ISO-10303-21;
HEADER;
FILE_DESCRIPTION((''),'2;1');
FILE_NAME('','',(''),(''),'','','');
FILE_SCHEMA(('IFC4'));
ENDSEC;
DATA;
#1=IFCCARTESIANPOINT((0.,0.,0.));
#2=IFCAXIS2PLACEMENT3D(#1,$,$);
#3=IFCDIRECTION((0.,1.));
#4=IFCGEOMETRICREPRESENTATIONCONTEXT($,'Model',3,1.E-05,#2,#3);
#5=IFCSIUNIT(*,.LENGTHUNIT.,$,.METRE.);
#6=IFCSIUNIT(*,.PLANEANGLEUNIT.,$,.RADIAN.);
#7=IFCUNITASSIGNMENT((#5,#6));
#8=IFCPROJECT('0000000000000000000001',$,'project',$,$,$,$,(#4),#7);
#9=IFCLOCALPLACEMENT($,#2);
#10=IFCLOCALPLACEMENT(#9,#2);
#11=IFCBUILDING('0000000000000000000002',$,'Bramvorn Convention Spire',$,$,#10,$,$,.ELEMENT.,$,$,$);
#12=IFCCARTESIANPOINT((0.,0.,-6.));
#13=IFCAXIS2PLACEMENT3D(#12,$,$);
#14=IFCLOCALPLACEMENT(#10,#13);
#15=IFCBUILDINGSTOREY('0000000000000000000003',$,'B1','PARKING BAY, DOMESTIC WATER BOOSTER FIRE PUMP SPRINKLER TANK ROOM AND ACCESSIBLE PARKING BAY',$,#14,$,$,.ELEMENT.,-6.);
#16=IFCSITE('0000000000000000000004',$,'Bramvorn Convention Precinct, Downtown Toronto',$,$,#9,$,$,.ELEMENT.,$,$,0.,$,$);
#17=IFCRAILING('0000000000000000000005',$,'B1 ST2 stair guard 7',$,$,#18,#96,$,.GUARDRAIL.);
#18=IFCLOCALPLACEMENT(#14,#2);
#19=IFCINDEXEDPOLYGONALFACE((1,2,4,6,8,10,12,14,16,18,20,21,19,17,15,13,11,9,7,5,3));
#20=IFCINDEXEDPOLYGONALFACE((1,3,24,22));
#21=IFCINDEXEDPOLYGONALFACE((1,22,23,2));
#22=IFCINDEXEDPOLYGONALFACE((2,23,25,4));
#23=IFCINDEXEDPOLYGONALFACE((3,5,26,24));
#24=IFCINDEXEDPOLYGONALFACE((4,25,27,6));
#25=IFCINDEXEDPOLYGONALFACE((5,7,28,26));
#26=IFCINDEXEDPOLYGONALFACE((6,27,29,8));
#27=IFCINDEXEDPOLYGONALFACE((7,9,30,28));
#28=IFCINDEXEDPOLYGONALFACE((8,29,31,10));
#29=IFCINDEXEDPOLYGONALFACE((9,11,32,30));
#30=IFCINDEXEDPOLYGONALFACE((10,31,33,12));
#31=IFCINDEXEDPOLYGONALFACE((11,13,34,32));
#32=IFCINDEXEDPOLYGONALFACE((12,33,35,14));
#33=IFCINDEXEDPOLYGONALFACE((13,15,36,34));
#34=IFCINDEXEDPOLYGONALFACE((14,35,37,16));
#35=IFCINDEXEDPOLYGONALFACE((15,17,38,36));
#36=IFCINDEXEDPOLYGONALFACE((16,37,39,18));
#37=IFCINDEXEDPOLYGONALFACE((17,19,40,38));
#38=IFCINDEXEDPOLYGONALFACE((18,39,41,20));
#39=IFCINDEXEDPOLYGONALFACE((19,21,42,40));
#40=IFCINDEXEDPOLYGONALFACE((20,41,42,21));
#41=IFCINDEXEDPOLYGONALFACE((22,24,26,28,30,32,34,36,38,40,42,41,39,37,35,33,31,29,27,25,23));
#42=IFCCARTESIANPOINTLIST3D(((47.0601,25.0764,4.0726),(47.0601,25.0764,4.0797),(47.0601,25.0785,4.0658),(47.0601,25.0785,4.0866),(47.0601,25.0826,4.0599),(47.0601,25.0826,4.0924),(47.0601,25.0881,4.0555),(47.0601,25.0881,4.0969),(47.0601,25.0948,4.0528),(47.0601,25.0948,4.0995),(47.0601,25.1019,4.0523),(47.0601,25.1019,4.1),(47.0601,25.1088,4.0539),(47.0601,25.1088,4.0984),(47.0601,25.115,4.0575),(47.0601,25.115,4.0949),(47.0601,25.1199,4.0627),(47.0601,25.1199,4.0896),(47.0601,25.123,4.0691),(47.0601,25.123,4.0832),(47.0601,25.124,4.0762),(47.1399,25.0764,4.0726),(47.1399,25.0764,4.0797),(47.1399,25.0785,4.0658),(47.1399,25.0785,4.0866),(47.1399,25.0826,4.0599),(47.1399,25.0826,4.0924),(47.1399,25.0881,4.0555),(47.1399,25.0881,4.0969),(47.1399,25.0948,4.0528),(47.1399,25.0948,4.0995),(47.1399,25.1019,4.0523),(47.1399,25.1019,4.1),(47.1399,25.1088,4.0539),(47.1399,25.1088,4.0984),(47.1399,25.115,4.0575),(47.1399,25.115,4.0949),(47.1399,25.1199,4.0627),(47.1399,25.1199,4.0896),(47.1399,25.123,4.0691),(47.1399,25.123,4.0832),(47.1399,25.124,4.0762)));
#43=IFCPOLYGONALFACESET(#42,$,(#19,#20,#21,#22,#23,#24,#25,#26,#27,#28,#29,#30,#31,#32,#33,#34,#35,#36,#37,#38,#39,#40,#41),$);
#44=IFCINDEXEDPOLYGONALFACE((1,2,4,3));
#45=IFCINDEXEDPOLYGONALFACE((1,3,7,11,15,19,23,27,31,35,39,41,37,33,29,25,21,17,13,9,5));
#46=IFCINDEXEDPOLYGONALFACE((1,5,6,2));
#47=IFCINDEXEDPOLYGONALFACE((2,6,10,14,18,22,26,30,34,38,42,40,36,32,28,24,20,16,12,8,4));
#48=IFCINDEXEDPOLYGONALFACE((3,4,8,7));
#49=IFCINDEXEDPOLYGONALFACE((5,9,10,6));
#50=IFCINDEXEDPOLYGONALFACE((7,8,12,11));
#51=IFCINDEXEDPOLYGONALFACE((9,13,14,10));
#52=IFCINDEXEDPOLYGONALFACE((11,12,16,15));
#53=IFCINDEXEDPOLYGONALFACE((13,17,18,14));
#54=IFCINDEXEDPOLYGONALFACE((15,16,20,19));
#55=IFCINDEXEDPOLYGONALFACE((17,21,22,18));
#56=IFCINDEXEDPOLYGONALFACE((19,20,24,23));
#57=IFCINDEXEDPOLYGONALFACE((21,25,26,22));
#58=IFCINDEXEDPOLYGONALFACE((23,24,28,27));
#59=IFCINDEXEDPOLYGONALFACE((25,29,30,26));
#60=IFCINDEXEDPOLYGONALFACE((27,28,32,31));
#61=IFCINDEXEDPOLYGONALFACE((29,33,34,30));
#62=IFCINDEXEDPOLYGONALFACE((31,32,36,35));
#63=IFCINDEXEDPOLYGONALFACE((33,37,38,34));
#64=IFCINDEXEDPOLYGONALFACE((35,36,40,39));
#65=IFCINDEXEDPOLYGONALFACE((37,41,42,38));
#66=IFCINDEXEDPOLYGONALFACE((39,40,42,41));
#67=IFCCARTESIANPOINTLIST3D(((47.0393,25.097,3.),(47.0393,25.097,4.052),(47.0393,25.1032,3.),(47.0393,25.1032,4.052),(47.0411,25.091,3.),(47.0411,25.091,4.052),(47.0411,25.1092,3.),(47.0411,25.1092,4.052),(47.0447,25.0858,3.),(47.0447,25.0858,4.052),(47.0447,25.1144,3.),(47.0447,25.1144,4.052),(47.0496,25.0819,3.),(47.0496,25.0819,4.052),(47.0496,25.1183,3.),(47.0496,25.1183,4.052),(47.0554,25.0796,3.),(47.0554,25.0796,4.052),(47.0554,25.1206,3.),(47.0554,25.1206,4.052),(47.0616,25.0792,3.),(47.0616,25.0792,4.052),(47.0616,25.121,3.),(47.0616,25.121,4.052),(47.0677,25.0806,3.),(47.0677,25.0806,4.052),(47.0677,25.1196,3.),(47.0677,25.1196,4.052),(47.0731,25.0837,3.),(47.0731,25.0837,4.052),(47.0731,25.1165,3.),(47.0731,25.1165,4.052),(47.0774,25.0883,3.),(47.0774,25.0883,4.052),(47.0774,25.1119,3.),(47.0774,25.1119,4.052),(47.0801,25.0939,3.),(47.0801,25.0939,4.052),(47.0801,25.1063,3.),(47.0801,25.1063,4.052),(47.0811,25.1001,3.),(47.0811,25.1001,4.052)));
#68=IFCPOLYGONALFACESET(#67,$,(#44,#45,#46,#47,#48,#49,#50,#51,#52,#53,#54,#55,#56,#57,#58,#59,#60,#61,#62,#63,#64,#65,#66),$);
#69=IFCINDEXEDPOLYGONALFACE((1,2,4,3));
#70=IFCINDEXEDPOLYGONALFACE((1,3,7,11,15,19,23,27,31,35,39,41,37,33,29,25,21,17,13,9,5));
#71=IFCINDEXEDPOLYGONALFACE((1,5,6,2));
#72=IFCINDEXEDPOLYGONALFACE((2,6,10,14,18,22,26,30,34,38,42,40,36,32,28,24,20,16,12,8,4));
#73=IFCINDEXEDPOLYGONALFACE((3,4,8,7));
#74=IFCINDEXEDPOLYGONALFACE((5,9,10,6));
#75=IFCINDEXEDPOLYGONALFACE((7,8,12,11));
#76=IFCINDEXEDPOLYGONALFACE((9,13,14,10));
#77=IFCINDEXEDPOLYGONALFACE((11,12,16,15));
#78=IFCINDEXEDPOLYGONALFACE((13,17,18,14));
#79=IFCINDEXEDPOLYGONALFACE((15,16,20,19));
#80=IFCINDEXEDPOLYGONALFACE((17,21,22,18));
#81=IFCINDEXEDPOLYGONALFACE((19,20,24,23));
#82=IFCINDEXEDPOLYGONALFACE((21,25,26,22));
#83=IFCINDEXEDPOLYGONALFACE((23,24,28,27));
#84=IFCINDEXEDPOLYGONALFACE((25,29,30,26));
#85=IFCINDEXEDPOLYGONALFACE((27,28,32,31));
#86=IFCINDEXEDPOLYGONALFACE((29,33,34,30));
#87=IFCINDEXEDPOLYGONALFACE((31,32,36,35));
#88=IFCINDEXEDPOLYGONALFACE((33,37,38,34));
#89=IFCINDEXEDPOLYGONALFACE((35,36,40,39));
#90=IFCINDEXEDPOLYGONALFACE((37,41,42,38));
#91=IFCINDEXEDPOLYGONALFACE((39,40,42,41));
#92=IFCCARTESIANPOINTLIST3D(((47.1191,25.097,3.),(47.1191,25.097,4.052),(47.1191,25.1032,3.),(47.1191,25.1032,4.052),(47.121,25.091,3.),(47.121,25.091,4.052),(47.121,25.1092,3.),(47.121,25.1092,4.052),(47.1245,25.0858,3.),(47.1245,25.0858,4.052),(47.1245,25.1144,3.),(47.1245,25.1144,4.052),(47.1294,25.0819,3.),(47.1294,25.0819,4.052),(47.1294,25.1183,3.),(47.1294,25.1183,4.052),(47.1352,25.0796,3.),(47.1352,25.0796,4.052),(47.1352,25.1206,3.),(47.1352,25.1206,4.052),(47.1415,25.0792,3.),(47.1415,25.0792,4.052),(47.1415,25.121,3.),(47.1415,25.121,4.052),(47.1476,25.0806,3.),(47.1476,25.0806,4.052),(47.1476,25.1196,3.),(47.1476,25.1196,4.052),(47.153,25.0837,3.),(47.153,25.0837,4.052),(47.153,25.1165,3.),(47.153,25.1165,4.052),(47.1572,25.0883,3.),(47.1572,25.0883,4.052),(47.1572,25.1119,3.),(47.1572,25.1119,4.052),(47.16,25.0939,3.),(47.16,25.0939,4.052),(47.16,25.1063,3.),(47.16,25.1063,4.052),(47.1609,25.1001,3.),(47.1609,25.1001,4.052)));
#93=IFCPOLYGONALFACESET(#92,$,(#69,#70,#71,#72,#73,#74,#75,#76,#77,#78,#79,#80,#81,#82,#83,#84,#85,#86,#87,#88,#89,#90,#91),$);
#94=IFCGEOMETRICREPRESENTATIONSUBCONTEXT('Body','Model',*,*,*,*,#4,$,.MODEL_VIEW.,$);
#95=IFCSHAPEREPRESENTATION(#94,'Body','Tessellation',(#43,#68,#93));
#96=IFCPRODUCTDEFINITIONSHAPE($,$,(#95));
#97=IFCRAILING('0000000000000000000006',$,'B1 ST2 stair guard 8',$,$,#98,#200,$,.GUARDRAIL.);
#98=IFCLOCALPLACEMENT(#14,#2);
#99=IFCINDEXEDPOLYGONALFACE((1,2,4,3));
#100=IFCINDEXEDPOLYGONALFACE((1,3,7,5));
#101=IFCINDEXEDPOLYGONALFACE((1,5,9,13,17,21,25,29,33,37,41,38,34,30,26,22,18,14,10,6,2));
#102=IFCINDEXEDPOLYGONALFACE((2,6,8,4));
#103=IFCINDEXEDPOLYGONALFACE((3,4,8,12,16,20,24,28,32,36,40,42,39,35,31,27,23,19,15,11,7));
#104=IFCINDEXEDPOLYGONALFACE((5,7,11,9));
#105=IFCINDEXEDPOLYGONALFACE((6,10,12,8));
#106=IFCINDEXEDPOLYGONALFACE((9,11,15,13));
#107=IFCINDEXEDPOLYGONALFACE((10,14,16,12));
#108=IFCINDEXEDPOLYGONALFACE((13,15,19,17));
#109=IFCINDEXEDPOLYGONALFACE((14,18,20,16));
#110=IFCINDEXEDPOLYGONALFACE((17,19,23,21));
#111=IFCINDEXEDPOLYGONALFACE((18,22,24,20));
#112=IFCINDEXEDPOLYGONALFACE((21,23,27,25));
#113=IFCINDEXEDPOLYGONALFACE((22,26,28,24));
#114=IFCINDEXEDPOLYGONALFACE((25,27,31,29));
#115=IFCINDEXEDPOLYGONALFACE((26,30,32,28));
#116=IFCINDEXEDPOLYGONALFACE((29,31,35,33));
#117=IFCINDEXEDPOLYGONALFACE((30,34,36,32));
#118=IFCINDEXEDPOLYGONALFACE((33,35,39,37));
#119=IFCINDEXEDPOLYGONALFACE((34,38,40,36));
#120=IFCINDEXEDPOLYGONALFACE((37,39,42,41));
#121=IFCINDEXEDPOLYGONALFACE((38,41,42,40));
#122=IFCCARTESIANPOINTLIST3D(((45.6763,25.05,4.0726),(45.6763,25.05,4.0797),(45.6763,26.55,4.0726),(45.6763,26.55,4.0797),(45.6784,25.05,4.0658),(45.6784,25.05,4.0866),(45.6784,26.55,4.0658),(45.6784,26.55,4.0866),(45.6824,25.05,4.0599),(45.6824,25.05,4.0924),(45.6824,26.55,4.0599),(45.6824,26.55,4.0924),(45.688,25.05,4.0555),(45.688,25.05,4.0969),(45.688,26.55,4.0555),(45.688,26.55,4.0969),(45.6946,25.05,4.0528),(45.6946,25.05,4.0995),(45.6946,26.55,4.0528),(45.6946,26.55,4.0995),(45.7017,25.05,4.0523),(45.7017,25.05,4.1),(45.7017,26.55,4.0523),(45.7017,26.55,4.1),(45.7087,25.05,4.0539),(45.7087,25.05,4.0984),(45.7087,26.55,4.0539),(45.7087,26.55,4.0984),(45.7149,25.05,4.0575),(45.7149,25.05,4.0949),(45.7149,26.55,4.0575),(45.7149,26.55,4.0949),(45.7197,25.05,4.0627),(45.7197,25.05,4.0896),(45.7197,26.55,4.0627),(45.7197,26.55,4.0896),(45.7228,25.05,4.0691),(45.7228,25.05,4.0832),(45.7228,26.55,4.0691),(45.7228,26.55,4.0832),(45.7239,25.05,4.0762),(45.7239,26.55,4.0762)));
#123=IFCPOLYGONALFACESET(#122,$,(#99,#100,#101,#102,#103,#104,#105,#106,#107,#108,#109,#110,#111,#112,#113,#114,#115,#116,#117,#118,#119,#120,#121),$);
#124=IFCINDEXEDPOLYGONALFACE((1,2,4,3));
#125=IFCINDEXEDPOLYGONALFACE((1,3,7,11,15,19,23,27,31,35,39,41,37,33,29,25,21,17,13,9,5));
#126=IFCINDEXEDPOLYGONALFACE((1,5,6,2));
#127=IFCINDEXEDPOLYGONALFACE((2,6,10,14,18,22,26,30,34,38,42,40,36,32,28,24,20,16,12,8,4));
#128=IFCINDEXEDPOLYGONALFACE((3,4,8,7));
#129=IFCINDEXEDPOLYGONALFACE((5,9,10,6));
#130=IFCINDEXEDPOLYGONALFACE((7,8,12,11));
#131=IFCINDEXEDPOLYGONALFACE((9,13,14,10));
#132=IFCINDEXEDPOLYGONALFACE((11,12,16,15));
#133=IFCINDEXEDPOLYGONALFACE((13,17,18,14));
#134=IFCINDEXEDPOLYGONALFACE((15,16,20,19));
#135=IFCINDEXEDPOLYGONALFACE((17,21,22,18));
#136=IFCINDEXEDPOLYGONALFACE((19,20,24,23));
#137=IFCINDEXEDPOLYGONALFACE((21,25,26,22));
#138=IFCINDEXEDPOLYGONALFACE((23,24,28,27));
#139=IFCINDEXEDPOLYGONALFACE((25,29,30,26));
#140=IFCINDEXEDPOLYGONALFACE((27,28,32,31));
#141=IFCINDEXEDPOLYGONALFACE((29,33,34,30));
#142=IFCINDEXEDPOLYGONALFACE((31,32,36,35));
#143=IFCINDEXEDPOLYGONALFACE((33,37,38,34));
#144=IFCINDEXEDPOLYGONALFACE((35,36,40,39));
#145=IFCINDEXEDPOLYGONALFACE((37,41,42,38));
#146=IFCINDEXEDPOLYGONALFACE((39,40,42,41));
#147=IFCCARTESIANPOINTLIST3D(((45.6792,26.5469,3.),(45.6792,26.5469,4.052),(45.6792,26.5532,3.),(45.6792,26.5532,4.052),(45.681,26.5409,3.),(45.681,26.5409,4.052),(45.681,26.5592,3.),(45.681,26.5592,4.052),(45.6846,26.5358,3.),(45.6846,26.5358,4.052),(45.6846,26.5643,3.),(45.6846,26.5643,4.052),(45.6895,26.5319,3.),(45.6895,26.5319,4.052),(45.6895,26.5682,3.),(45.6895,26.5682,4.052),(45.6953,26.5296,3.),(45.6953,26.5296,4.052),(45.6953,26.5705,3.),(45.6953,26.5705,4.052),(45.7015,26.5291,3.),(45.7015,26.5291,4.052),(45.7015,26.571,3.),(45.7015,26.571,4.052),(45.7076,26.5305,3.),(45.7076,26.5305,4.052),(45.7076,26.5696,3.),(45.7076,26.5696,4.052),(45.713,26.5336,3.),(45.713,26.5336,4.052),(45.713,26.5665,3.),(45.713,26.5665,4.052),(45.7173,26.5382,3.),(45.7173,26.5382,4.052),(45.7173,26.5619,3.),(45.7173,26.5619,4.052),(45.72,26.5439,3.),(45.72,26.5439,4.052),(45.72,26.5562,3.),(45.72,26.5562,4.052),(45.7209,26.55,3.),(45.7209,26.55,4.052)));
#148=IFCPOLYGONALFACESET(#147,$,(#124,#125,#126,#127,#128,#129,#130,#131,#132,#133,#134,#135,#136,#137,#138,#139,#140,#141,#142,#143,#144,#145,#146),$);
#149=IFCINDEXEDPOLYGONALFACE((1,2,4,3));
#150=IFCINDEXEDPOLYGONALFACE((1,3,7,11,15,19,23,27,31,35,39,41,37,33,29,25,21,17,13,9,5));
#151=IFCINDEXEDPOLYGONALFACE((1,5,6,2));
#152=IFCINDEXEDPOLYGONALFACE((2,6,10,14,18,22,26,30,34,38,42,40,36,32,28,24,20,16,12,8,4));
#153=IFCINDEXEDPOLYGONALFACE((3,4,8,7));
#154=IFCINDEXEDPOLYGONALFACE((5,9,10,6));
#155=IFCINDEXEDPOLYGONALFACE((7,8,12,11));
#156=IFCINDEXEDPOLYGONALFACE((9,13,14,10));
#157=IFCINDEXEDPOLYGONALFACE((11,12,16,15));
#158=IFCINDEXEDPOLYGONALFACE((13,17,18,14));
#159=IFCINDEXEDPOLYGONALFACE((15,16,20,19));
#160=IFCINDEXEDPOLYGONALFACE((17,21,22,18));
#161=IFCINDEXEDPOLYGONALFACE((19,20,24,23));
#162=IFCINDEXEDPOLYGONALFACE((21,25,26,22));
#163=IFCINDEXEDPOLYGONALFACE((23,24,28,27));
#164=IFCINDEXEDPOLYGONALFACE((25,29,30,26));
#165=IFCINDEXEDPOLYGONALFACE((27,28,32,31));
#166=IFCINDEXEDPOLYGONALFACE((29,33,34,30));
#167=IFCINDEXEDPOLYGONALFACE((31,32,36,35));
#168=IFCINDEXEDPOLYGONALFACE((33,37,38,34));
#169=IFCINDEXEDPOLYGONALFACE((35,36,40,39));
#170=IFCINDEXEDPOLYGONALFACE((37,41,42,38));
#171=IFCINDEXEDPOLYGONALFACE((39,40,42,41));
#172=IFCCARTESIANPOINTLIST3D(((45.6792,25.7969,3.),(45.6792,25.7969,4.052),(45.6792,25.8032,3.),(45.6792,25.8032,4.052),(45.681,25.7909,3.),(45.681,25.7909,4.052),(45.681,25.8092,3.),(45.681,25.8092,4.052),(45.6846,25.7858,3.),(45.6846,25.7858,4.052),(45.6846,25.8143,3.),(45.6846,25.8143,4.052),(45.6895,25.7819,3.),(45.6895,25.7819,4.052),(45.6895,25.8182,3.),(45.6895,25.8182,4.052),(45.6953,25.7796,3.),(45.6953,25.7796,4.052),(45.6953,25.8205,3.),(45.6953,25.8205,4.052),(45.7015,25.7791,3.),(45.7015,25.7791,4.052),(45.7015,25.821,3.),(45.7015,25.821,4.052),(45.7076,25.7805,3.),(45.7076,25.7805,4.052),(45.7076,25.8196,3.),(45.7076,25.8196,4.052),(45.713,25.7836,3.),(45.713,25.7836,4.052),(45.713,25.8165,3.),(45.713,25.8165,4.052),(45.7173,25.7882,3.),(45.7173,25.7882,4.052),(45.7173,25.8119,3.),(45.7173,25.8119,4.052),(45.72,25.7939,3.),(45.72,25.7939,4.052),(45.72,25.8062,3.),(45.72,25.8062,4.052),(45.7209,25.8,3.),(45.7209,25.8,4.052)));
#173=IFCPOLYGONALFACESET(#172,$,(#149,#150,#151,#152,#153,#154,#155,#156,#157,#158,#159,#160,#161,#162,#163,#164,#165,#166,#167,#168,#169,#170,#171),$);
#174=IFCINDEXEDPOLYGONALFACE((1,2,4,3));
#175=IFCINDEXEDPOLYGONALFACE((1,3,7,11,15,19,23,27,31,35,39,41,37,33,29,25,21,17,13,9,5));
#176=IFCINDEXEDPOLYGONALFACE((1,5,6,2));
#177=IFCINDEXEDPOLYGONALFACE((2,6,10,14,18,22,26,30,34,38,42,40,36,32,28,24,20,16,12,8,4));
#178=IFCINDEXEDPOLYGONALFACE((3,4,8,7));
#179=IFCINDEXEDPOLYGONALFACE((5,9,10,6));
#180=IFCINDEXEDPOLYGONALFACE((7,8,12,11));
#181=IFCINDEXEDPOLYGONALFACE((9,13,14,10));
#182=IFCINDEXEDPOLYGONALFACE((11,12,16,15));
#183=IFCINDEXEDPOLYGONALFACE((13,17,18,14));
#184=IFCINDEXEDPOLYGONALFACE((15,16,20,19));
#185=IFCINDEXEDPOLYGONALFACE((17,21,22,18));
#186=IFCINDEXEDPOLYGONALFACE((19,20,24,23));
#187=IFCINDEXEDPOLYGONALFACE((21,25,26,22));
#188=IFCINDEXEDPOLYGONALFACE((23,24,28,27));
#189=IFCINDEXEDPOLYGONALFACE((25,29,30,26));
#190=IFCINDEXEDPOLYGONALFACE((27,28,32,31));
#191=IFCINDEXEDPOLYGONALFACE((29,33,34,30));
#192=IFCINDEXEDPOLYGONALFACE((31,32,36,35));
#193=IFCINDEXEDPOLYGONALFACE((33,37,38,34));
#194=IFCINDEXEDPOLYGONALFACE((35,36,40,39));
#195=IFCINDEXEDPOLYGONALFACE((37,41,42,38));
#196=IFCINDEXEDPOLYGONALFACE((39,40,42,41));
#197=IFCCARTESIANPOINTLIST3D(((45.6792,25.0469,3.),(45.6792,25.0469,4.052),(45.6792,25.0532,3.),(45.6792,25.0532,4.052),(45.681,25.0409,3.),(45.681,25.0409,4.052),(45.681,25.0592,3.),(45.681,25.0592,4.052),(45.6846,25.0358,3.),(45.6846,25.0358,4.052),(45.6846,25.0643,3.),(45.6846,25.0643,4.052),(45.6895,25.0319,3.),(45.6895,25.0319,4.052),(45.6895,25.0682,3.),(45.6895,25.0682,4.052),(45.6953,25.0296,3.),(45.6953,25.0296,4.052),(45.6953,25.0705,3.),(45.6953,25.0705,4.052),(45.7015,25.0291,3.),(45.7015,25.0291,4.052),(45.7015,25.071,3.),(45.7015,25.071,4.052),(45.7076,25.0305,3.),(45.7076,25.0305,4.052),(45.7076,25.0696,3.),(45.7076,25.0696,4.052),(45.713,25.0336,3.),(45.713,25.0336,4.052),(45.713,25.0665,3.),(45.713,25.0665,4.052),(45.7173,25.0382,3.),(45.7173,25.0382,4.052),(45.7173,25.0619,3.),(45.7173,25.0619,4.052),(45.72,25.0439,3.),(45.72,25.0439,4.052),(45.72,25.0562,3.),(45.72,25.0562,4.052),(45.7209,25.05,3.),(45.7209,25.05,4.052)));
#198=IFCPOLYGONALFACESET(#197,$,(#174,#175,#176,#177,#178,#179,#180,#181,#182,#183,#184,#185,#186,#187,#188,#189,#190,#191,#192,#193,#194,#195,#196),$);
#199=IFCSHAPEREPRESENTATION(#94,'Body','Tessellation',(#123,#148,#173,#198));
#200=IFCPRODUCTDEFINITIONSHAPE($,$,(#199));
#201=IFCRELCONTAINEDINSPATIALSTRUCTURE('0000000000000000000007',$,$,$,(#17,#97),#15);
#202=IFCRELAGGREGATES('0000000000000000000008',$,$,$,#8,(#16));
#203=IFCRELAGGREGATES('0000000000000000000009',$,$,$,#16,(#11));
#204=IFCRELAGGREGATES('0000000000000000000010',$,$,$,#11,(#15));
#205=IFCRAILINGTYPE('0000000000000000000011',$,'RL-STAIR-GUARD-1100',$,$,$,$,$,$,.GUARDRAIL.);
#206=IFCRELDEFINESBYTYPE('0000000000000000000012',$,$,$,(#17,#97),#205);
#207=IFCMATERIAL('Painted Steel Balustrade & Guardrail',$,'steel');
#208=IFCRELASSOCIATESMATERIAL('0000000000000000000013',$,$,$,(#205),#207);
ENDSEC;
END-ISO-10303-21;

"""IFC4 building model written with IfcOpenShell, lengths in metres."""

from ifc_helpers import new_model, si_unit, direction, frame, origin, origin_2d, place, context, subcontext, project, spatial, circle, extrude, material, type_object, element, save


model = new_model("IFC4")

# Units and contexts
model_context = context("Model", 3, precision=1e-05, world=origin(), true_north=direction((0.0, 1.0)))
body_context = subcontext(model_context, "Body", "Model", "MODEL_VIEW")
ifc_project = project(units=[si_unit("LENGTHUNIT", "METRE"), si_unit("PLANEANGLEUNIT", "RADIAN")], contexts=[model_context])

# Site, building, storey
site_placement = place(None, origin())
site = spatial("IfcSite", under=ifc_project, at=site_placement, Name="Bramvorn Convention Precinct, Downtown Toronto", CompositionType="ELEMENT", RefElevation=0.0)
building_placement = place(site_placement, origin())
building = spatial("IfcBuilding", under=site, at=building_placement, Name="Bramvorn Convention Spire", CompositionType="ELEMENT")
storey_placement = place(building_placement, frame((0.0, 0.0, -6.0)))
storey = spatial("IfcBuildingStorey", under=building, at=storey_placement, Name="B1", Description="PARKING BAY, DOMESTIC WATER BOOSTER FIRE PUMP SPRINKLER TANK ROOM AND ACCESSIBLE PARKING BAY", CompositionType="ELEMENT", Elevation=-6.0)

# Railings
ifc_material_1 = material(Name="Painted Steel Balustrade & Guardrail", Category="steel")
railing_type_1 = type_object("IfcRailingType", Name="RL-STAIR-GUARD-1100", PredefinedType="GUARDRAIL", material=ifc_material_1)
railing_1_placement = place(storey_placement, frame((47.0601, 25.1001, 3.0)))
element("IfcRailing", 1, at=railing_1_placement, inside=storey, type_object=railing_type_1, Name="B1 ST2 stair guard 7", PredefinedType="GUARDRAIL", context=body_context, shape_type="SweptSolid", body=[
    extrude(circle(Radius=0.0239, at=origin_2d()), frame((0.0, 0.0, 1.0762), z_axis=(1.0, 0.0, 0.0), x_axis=(0.0, 1.0, 0.0)), (0.0, 0.0, 1.0), 0.0798),
    extrude(circle(Radius=0.021, at=origin_2d()), origin(), (0.0, 0.0, 1.0), 1.052),
    extrude(circle(Radius=0.021, at=origin_2d()), frame((0.0798, 0.0, 0.0)), (0.0, 0.0, 1.0), 1.052),
])
for number, where, name in (
    (2, (45.7, 26.55, 3.0), "B1 ST2 stair guard 8"),
):
    element("IfcRailing", number, at=place(storey_placement, frame(where)), inside=storey, type_object=railing_type_1, Name=name, PredefinedType="GUARDRAIL", context=body_context, shape_type="SweptSolid", body=[
        extrude(circle(Radius=0.0239, at=origin_2d()), frame((0.0, 0.0, 1.0762), z_axis=(0.0, -1.0, 0.0), x_axis=(1.0, 0.0, 0.0)), (0.0, 0.0, 1.0), 1.5),
        extrude(circle(Radius=0.021, at=origin_2d()), origin(), (0.0, 0.0, 1.0), 1.052),
        extrude(circle(Radius=0.021, at=origin_2d()), frame((0.0, -0.75, 0.0)), (0.0, 0.0, 1.0), 1.052),
        extrude(circle(Radius=0.021, at=origin_2d()), frame((0.0, -1.5, 0.0)), (0.0, 0.0, 1.0), 1.052),
    ])

save(model, "model.ifc")
